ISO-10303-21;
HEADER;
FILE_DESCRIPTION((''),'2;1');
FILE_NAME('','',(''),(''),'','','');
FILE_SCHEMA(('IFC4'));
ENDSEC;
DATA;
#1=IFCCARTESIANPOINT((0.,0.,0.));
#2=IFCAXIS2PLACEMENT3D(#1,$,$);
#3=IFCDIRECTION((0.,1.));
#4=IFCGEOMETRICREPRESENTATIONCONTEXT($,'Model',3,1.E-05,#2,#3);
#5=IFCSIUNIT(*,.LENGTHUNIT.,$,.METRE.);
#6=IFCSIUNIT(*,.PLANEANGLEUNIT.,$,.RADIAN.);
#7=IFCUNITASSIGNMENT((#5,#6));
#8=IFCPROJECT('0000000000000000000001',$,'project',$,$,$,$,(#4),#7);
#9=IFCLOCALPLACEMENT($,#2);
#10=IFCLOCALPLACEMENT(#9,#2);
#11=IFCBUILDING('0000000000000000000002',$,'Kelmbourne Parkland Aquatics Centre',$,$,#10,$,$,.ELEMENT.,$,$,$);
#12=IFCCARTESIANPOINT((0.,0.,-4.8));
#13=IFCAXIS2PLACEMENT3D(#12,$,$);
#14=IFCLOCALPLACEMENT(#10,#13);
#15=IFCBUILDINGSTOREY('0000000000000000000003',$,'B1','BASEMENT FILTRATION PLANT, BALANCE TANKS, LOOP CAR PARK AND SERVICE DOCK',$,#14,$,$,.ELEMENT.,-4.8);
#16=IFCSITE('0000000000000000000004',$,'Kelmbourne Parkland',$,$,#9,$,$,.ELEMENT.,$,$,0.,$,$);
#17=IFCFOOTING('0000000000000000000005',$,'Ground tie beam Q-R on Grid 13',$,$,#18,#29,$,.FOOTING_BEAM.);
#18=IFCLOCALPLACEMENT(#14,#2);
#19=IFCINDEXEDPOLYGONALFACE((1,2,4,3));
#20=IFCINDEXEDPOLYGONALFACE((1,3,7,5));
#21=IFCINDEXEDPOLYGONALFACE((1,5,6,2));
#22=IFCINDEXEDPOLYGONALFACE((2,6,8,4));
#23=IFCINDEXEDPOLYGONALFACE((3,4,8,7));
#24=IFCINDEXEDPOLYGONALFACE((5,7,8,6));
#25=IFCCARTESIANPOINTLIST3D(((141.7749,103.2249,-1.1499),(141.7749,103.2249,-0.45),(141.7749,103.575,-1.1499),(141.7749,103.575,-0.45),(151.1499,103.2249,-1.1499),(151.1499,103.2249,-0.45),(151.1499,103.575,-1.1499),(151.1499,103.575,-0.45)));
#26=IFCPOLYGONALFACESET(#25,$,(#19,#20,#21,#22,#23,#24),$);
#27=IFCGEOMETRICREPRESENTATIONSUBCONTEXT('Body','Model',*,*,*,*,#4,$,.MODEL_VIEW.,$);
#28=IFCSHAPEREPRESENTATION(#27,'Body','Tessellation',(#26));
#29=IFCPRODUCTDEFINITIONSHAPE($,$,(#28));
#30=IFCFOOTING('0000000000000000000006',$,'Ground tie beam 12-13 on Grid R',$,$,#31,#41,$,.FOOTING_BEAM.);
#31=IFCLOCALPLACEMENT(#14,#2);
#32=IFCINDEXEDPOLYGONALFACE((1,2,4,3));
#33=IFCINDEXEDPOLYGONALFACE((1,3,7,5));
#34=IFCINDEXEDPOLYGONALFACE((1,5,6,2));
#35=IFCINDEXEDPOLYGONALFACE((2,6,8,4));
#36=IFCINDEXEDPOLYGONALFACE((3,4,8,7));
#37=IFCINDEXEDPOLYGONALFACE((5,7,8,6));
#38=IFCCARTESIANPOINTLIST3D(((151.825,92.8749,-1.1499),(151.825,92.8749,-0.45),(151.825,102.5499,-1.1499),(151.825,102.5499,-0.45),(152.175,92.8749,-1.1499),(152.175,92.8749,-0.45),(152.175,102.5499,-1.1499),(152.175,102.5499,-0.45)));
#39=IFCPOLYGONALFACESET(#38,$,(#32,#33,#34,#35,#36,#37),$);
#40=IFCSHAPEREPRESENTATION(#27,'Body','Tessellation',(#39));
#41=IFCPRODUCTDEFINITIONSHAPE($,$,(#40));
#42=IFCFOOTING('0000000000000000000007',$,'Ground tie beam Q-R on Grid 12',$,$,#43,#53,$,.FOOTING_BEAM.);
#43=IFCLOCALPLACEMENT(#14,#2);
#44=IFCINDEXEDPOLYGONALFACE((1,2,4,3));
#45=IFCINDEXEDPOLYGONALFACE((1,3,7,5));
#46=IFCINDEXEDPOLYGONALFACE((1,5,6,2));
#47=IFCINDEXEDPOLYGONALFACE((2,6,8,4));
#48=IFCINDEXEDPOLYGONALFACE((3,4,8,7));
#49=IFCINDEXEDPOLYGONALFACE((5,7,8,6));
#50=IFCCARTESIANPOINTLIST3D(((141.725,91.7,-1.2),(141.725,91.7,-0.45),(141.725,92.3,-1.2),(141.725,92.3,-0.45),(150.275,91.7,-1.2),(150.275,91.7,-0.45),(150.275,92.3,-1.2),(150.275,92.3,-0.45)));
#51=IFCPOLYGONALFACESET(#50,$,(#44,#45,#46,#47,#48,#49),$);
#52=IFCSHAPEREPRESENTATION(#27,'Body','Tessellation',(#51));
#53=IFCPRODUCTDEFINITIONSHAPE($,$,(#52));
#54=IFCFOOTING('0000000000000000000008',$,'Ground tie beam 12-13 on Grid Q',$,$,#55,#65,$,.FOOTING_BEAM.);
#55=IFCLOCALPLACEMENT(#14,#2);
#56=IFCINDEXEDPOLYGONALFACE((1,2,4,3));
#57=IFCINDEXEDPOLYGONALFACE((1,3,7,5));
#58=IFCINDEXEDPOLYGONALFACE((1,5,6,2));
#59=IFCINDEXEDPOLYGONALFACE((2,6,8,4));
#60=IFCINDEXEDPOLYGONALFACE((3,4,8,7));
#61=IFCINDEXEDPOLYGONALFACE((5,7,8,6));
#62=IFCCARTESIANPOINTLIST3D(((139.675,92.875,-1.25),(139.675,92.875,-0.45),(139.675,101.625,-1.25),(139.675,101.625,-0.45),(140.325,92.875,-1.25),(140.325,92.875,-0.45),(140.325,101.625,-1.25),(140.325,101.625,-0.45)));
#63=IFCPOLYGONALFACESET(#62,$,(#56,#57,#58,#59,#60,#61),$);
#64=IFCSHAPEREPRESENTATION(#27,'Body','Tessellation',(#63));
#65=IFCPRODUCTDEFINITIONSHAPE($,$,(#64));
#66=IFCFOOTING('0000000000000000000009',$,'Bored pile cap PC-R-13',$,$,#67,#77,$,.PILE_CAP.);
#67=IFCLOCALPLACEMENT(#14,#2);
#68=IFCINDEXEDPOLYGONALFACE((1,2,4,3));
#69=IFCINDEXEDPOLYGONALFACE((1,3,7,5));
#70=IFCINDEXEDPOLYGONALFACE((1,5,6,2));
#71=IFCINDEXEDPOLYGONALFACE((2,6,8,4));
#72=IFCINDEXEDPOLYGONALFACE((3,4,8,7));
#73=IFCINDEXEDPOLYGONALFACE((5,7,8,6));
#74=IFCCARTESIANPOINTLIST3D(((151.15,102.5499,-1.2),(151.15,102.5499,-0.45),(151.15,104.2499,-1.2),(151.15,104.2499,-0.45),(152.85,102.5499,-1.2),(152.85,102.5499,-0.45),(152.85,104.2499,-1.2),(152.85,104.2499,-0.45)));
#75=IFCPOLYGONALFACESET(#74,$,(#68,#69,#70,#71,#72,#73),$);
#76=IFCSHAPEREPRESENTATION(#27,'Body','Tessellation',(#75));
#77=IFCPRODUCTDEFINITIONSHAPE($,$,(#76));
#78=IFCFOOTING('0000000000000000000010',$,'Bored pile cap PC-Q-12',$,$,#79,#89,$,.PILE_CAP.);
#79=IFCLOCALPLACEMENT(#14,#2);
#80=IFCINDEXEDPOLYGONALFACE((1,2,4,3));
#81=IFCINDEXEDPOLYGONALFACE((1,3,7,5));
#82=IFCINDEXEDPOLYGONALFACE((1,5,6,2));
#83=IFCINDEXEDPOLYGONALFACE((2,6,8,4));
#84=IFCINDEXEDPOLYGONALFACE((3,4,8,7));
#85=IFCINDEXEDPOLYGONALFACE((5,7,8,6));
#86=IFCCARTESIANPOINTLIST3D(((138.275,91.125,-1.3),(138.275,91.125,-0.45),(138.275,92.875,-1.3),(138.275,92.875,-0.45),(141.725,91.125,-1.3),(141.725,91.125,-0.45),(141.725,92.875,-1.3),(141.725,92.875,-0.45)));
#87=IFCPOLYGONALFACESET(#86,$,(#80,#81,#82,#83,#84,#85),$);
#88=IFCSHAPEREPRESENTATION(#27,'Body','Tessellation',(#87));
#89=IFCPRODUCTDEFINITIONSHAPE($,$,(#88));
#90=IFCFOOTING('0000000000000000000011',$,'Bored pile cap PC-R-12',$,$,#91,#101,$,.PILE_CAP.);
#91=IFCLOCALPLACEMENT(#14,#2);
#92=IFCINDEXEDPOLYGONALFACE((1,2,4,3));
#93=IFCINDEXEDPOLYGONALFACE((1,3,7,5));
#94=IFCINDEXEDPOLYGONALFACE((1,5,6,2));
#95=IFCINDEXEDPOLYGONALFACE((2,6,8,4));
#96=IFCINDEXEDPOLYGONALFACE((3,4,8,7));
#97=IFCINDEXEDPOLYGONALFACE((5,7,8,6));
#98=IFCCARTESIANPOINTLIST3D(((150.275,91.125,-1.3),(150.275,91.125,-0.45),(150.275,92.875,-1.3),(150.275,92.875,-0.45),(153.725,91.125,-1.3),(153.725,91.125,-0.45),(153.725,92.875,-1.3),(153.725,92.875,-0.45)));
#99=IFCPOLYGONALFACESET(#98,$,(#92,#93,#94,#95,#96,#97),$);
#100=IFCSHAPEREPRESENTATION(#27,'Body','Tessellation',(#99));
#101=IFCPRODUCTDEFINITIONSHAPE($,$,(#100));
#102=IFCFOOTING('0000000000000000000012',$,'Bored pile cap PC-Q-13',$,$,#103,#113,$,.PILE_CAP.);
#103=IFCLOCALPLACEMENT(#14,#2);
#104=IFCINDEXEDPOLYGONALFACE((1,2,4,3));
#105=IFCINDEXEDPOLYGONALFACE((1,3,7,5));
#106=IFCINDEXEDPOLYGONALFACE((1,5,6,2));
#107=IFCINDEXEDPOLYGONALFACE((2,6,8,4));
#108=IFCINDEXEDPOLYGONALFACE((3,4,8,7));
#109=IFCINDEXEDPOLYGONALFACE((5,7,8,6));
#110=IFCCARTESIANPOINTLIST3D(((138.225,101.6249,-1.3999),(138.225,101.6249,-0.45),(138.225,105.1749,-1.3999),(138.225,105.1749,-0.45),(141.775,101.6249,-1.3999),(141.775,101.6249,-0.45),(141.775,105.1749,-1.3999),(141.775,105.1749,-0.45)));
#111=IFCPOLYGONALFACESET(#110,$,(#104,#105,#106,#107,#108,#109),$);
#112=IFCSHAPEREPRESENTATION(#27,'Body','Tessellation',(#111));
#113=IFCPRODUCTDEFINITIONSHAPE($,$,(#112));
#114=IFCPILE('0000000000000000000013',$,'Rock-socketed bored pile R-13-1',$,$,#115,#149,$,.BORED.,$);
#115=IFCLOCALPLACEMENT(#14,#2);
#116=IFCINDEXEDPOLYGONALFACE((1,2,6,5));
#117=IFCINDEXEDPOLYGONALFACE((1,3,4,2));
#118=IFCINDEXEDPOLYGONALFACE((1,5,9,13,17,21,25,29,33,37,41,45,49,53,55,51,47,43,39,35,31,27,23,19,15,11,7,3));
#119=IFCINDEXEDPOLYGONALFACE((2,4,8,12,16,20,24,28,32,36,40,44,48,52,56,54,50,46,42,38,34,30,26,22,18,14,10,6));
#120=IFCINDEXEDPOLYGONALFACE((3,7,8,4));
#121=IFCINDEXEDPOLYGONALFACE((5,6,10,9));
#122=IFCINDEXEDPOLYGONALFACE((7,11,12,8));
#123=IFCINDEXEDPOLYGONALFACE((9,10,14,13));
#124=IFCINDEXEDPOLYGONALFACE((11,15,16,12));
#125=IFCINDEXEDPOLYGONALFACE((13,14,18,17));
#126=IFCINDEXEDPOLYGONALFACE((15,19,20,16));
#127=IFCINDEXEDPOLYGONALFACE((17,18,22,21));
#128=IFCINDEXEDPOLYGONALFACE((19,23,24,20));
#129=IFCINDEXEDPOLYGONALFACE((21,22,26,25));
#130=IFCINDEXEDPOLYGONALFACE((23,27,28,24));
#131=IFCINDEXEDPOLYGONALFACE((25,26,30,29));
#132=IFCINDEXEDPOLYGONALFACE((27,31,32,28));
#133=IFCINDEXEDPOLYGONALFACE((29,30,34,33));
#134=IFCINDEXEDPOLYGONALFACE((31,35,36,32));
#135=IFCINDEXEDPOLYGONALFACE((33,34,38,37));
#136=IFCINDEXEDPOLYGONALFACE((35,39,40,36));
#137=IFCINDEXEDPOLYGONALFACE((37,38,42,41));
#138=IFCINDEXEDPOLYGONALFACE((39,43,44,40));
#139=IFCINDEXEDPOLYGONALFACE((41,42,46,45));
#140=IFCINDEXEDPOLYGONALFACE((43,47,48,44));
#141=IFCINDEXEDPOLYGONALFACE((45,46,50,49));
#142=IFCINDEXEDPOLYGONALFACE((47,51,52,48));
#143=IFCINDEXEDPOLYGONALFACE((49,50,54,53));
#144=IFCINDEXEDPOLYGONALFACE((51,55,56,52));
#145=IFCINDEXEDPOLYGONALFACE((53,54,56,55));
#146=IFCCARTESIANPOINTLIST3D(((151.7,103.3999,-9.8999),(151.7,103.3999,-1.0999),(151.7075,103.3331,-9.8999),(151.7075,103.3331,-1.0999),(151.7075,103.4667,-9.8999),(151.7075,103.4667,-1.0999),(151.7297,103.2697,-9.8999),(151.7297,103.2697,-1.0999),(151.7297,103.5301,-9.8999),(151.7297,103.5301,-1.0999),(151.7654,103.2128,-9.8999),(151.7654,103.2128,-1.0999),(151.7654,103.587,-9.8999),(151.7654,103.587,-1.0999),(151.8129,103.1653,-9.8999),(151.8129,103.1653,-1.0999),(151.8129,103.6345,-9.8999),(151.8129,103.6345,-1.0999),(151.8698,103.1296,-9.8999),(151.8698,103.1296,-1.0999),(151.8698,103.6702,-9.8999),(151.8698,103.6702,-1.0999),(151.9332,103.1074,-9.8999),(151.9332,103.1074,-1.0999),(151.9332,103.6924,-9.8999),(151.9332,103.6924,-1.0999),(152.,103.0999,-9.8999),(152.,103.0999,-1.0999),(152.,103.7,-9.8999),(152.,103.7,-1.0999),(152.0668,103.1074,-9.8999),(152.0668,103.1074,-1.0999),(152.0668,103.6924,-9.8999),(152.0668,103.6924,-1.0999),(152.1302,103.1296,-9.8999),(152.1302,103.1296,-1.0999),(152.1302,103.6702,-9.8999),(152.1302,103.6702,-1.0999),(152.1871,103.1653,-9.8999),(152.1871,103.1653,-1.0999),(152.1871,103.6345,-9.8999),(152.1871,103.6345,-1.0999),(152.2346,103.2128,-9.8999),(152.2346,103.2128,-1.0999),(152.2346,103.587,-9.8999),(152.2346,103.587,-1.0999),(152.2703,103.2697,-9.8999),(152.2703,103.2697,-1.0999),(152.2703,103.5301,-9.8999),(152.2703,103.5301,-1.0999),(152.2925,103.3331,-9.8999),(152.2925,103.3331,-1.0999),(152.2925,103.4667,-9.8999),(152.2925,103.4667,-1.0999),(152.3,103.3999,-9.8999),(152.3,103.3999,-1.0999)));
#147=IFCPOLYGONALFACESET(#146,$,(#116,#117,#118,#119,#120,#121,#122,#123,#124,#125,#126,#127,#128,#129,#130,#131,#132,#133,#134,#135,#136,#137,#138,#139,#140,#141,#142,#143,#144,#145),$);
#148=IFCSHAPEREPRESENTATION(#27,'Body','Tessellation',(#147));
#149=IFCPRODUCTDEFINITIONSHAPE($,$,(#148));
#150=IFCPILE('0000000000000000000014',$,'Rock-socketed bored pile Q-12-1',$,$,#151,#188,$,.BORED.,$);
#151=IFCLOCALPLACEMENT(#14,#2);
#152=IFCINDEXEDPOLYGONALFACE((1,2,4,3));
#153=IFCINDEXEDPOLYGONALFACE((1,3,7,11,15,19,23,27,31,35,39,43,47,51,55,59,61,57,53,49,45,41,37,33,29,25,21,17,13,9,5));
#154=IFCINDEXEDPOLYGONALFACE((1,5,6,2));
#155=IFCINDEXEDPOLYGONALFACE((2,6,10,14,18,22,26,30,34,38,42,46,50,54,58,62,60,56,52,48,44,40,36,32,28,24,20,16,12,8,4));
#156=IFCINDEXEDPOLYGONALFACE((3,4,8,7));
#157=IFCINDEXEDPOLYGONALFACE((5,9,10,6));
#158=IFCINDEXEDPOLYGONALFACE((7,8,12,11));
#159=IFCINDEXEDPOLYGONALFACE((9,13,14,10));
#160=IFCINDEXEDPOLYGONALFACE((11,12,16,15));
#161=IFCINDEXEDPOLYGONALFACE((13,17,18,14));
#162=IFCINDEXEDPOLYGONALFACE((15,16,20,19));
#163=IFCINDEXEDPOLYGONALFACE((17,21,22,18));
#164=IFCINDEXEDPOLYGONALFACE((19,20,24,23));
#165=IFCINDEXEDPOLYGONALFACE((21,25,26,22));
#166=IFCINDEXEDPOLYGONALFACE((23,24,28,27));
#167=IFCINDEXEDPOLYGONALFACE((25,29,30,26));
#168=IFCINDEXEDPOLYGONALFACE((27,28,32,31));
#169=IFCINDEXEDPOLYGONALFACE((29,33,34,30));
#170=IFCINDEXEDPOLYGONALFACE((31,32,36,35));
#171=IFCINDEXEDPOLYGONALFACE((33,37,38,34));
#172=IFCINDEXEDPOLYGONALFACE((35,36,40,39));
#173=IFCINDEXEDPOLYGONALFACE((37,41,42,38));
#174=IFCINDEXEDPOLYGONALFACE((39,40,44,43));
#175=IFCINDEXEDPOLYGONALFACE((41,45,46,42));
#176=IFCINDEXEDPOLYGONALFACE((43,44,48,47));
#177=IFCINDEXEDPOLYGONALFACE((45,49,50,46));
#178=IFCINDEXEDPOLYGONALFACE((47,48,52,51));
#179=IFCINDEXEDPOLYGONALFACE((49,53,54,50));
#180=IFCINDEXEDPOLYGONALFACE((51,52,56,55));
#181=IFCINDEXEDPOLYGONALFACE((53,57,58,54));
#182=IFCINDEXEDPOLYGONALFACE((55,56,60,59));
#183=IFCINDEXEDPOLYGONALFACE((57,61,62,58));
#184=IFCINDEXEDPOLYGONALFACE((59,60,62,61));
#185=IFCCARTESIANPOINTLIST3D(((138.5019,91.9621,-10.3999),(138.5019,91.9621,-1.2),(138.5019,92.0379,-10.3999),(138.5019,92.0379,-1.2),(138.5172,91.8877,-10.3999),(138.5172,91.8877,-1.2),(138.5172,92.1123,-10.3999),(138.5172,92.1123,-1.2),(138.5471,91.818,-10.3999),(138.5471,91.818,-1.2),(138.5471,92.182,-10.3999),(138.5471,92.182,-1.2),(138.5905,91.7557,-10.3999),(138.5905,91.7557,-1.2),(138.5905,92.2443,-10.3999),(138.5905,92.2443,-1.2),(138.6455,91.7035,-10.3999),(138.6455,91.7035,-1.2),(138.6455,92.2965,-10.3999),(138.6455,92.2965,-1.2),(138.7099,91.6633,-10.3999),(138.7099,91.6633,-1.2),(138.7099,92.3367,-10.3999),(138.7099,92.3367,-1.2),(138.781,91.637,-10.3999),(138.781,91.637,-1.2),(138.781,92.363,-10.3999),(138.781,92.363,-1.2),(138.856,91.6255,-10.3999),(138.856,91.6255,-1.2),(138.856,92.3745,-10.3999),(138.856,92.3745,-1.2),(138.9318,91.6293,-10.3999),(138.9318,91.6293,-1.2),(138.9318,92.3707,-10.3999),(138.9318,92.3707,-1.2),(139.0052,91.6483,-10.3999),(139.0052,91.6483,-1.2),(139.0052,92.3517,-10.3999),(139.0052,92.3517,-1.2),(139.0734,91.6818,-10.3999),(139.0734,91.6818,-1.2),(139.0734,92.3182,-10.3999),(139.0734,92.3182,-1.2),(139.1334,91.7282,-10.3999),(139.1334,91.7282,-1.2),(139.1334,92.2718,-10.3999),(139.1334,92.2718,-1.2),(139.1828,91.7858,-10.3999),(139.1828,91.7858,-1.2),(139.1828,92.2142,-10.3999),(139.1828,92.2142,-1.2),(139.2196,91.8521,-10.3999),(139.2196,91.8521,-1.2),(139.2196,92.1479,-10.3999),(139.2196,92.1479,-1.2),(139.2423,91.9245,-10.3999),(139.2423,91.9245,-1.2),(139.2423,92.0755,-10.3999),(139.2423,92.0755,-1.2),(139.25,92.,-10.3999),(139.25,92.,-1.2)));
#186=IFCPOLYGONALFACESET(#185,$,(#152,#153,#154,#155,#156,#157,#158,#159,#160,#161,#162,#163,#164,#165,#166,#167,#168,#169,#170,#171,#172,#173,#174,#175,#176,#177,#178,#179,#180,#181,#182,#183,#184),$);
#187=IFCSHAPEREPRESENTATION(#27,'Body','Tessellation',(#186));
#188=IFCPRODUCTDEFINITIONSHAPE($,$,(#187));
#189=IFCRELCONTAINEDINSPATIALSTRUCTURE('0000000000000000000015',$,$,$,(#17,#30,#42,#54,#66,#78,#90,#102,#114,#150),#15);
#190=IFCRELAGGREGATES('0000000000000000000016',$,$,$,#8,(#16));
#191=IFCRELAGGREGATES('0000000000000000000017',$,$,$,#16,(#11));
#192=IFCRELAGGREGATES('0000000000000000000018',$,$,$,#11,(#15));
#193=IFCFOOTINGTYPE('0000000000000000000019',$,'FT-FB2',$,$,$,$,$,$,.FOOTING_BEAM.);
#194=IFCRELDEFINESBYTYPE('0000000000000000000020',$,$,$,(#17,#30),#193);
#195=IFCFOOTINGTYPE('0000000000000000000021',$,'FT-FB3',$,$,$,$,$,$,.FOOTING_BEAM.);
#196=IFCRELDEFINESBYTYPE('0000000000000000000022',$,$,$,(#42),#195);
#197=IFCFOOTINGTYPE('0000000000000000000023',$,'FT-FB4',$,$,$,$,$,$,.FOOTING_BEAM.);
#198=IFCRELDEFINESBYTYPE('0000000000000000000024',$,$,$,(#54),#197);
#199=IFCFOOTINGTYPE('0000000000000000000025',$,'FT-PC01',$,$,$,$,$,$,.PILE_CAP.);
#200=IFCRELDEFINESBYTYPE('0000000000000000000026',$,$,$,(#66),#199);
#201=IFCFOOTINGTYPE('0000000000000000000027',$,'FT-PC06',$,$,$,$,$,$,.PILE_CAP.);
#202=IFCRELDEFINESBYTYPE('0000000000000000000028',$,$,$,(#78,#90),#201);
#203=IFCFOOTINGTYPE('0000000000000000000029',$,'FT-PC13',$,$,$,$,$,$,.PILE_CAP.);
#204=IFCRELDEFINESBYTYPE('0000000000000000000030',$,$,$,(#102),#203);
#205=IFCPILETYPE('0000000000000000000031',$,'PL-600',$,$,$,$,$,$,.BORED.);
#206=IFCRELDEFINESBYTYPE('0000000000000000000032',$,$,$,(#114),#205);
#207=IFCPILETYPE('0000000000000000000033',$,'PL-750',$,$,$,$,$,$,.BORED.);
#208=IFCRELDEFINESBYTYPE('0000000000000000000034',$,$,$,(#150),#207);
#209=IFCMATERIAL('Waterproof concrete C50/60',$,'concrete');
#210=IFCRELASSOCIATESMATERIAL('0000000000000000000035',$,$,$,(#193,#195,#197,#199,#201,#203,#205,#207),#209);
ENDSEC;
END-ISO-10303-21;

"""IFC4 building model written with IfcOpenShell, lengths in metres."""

from ifc_helpers import new_model, si_unit, direction, frame, origin, origin_2d, place, context, subcontext, project, spatial, rectangle, circle, extrude, material, material_profile, profile_set, type_object, element, save


model = new_model("IFC4")

# Units and contexts
model_context = context("Model", 3, precision=1e-05, world=origin(), true_north=direction((0.0, 1.0)))
body_context = subcontext(model_context, "Body", "Model", "MODEL_VIEW")
ifc_project = project(units=[si_unit("LENGTHUNIT", "METRE"), si_unit("PLANEANGLEUNIT", "RADIAN")], contexts=[model_context])

# Site, building, storey
site_placement = place(None, origin())
site = spatial("IfcSite", under=ifc_project, at=site_placement, Name="Kelmbourne Parkland", CompositionType="ELEMENT", RefElevation=0.0)
building_placement = place(site_placement, origin())
building = spatial("IfcBuilding", under=site, at=building_placement, Name="Kelmbourne Parkland Aquatics Centre", CompositionType="ELEMENT")
storey_placement = place(building_placement, frame((0.0, 0.0, -4.8)))
storey = spatial("IfcBuildingStorey", under=building, at=storey_placement, Name="B1", Description="BASEMENT FILTRATION PLANT, BALANCE TANKS, LOOP CAR PARK AND SERVICE DOCK", CompositionType="ELEMENT", Elevation=-4.8)

# Footings
ifc_material_1 = material(Name="Waterproof concrete C50/60", Category="concrete")
footing_type_1 = type_object("IfcFootingType", Name="FT-FB2", PredefinedType="FOOTING_BEAM", material=ifc_material_1)
footing_1_placement = place(storey_placement, frame((146.4624, 103.3999, -1.1499), z_axis=(0.0, 0.0, 1.0), x_axis=(1.0, 0.0, 0.0)))
element("IfcFooting", 1, at=footing_1_placement, inside=storey, type_object=footing_type_1, Name="Ground tie beam Q-R on Grid 13", PredefinedType="FOOTING_BEAM", context=body_context, shape_type="SweptSolid", body=[
    extrude(rectangle(XDim=9.375, YDim=0.3501, at=origin_2d()), origin(), (0.0, 0.0, 1.0), 0.7),
])
footing_2_placement = place(storey_placement, frame((152.0, 97.7124, -1.1499), z_axis=(0.0, 0.0, 1.0), x_axis=(0.0, 1.0, 0.0)))
element("IfcFooting", 2, at=footing_2_placement, inside=storey, type_object=footing_type_1, Name="Ground tie beam 12-13 on Grid R", PredefinedType="FOOTING_BEAM", context=body_context, shape_type="SweptSolid", body=[
    extrude(rectangle(XDim=9.675, YDim=0.3501, at=origin_2d()), origin(), (0.0, 0.0, 1.0), 0.7),
])
footing_type_2 = type_object("IfcFootingType", Name="FT-FB3", PredefinedType="FOOTING_BEAM", material=ifc_material_1)
footing_3_placement = place(storey_placement, frame((146.0, 92.0, -1.2), z_axis=(0.0, 0.0, 1.0), x_axis=(1.0, 0.0, 0.0)))
element("IfcFooting", 3, at=footing_3_placement, inside=storey, type_object=footing_type_2, Name="Ground tie beam Q-R on Grid 12", PredefinedType="FOOTING_BEAM", context=body_context, shape_type="SweptSolid", body=[
    extrude(rectangle(XDim=8.55, YDim=0.6001, at=origin_2d()), origin(), (0.0, 0.0, 1.0), 0.75),
])
footing_type_3 = type_object("IfcFootingType", Name="FT-FB4", PredefinedType="FOOTING_BEAM", material=ifc_material_1)
footing_4_placement = place(storey_placement, frame((140.0, 97.25, -1.25), z_axis=(0.0, 0.0, 1.0), x_axis=(0.0, 1.0, 0.0)))
element("IfcFooting", 4, at=footing_4_placement, inside=storey, type_object=footing_type_3, Name="Ground tie beam 12-13 on Grid Q", PredefinedType="FOOTING_BEAM", context=body_context, shape_type="SweptSolid", body=[
    extrude(rectangle(XDim=8.75, YDim=0.6499, at=origin_2d()), origin(), (0.0, 0.0, 1.0), 0.8),
])
footing_type_4 = type_object("IfcFootingType", Name="FT-PC01", PredefinedType="PILE_CAP", material=ifc_material_1)
footing_5_placement = place(storey_placement, frame((152.0, 103.3999, -1.2), z_axis=(0.0, 0.0, 1.0), x_axis=(1.0, 0.0, 0.0)))
element("IfcFooting", 5, at=footing_5_placement, inside=storey, type_object=footing_type_4, Name="Bored pile cap PC-R-13", PredefinedType="PILE_CAP", context=body_context, shape_type="SweptSolid", body=[
    extrude(rectangle(XDim=1.7, YDim=1.7, at=origin_2d()), origin(), (0.0, 0.0, 1.0), 0.75),
])
footing_type_5 = type_object("IfcFootingType", Name="FT-PC06", PredefinedType="PILE_CAP", material=ifc_material_1)
for number, where, z_axis, x_axis, name in (
    (6, (140.0, 92.0, -1.3), (0.0, 0.0, 1.0), (1.0, 0.0, 0.0), "Bored pile cap PC-Q-12"),
    (7, (152.0, 92.0, -1.3), (0.0, 0.0, 1.0), (1.0, 0.0, 0.0), "Bored pile cap PC-R-12"),
):
    element("IfcFooting", number, at=place(storey_placement, frame(where, z_axis=z_axis, x_axis=x_axis)), inside=storey, type_object=footing_type_5, Name=name, PredefinedType="PILE_CAP", context=body_context, shape_type="SweptSolid", body=[
        extrude(rectangle(XDim=3.45, YDim=1.75, at=origin_2d()), origin(), (0.0, 0.0, 1.0), 0.8501),
    ])
footing_type_6 = type_object("IfcFootingType", Name="FT-PC13", PredefinedType="PILE_CAP", material=ifc_material_1)
footing_6_placement = place(storey_placement, frame((140.0, 103.3999, -1.3999), z_axis=(0.0, 0.0, 1.0), x_axis=(1.0, 0.0, 0.0)))
element("IfcFooting", 8, at=footing_6_placement, inside=storey, type_object=footing_type_6, Name="Bored pile cap PC-Q-13", PredefinedType="PILE_CAP", context=body_context, shape_type="SweptSolid", body=[
    extrude(rectangle(XDim=3.55, YDim=3.55, at=origin_2d()), origin(), (0.0, 0.0, 1.0), 0.95),
])

# Piles
ifc_material_profile_1 = material_profile(ifc_material_1, circle(Radius=0.3, at=origin_2d()), Name="PILE D600")
ifc_profile_set_1 = profile_set([ifc_material_profile_1], Name="Waterproof concrete C50/60")
pile_type_1 = type_object("IfcPileType", Name="PL-600", PredefinedType="BORED", material=ifc_profile_set_1)
pile_placement = place(storey_placement, frame((152.0, 103.3999, -1.0999), z_axis=(0.0, 0.0, -1.0), x_axis=(1.0, 0.0, 0.0)))
element("IfcPile", 9, at=pile_placement, inside=storey, type_object=pile_type_1, Name="Rock-socketed bored pile R-13-1", PredefinedType="BORED", context=body_context, shape_type="SweptSolid", body=[
    extrude(circle(Radius=0.3, at=origin_2d()), origin(), (0.0, 0.0, 1.0), 8.8),
])
ifc_material_profile_2 = material_profile(ifc_material_1, circle(Radius=0.375, at=origin_2d()), Name="PILE D750")
ifc_profile_set_2 = profile_set([ifc_material_profile_2], Name="Waterproof concrete C50/60")
pile_type_2 = type_object("IfcPileType", Name="PL-750", PredefinedType="BORED", material=ifc_profile_set_2)
for number, where, z_axis, x_axis, name in (
    (10, (138.875, 92.0, -1.2), (0.0, 0.0, -1.0), (1.0, 0.0, 0.0), "Rock-socketed bored pile Q-12-1"),
):
    element("IfcPile", number, at=place(storey_placement, frame(where, z_axis=z_axis, x_axis=x_axis)), inside=storey, type_object=pile_type_2, Name=name, PredefinedType="BORED", context=body_context, shape_type="SweptSolid", body=[
        extrude(circle(Radius=0.375, at=origin_2d()), origin(), (0.0, 0.0, 1.0), 9.2),
    ])

save(model, "model.ifc")
